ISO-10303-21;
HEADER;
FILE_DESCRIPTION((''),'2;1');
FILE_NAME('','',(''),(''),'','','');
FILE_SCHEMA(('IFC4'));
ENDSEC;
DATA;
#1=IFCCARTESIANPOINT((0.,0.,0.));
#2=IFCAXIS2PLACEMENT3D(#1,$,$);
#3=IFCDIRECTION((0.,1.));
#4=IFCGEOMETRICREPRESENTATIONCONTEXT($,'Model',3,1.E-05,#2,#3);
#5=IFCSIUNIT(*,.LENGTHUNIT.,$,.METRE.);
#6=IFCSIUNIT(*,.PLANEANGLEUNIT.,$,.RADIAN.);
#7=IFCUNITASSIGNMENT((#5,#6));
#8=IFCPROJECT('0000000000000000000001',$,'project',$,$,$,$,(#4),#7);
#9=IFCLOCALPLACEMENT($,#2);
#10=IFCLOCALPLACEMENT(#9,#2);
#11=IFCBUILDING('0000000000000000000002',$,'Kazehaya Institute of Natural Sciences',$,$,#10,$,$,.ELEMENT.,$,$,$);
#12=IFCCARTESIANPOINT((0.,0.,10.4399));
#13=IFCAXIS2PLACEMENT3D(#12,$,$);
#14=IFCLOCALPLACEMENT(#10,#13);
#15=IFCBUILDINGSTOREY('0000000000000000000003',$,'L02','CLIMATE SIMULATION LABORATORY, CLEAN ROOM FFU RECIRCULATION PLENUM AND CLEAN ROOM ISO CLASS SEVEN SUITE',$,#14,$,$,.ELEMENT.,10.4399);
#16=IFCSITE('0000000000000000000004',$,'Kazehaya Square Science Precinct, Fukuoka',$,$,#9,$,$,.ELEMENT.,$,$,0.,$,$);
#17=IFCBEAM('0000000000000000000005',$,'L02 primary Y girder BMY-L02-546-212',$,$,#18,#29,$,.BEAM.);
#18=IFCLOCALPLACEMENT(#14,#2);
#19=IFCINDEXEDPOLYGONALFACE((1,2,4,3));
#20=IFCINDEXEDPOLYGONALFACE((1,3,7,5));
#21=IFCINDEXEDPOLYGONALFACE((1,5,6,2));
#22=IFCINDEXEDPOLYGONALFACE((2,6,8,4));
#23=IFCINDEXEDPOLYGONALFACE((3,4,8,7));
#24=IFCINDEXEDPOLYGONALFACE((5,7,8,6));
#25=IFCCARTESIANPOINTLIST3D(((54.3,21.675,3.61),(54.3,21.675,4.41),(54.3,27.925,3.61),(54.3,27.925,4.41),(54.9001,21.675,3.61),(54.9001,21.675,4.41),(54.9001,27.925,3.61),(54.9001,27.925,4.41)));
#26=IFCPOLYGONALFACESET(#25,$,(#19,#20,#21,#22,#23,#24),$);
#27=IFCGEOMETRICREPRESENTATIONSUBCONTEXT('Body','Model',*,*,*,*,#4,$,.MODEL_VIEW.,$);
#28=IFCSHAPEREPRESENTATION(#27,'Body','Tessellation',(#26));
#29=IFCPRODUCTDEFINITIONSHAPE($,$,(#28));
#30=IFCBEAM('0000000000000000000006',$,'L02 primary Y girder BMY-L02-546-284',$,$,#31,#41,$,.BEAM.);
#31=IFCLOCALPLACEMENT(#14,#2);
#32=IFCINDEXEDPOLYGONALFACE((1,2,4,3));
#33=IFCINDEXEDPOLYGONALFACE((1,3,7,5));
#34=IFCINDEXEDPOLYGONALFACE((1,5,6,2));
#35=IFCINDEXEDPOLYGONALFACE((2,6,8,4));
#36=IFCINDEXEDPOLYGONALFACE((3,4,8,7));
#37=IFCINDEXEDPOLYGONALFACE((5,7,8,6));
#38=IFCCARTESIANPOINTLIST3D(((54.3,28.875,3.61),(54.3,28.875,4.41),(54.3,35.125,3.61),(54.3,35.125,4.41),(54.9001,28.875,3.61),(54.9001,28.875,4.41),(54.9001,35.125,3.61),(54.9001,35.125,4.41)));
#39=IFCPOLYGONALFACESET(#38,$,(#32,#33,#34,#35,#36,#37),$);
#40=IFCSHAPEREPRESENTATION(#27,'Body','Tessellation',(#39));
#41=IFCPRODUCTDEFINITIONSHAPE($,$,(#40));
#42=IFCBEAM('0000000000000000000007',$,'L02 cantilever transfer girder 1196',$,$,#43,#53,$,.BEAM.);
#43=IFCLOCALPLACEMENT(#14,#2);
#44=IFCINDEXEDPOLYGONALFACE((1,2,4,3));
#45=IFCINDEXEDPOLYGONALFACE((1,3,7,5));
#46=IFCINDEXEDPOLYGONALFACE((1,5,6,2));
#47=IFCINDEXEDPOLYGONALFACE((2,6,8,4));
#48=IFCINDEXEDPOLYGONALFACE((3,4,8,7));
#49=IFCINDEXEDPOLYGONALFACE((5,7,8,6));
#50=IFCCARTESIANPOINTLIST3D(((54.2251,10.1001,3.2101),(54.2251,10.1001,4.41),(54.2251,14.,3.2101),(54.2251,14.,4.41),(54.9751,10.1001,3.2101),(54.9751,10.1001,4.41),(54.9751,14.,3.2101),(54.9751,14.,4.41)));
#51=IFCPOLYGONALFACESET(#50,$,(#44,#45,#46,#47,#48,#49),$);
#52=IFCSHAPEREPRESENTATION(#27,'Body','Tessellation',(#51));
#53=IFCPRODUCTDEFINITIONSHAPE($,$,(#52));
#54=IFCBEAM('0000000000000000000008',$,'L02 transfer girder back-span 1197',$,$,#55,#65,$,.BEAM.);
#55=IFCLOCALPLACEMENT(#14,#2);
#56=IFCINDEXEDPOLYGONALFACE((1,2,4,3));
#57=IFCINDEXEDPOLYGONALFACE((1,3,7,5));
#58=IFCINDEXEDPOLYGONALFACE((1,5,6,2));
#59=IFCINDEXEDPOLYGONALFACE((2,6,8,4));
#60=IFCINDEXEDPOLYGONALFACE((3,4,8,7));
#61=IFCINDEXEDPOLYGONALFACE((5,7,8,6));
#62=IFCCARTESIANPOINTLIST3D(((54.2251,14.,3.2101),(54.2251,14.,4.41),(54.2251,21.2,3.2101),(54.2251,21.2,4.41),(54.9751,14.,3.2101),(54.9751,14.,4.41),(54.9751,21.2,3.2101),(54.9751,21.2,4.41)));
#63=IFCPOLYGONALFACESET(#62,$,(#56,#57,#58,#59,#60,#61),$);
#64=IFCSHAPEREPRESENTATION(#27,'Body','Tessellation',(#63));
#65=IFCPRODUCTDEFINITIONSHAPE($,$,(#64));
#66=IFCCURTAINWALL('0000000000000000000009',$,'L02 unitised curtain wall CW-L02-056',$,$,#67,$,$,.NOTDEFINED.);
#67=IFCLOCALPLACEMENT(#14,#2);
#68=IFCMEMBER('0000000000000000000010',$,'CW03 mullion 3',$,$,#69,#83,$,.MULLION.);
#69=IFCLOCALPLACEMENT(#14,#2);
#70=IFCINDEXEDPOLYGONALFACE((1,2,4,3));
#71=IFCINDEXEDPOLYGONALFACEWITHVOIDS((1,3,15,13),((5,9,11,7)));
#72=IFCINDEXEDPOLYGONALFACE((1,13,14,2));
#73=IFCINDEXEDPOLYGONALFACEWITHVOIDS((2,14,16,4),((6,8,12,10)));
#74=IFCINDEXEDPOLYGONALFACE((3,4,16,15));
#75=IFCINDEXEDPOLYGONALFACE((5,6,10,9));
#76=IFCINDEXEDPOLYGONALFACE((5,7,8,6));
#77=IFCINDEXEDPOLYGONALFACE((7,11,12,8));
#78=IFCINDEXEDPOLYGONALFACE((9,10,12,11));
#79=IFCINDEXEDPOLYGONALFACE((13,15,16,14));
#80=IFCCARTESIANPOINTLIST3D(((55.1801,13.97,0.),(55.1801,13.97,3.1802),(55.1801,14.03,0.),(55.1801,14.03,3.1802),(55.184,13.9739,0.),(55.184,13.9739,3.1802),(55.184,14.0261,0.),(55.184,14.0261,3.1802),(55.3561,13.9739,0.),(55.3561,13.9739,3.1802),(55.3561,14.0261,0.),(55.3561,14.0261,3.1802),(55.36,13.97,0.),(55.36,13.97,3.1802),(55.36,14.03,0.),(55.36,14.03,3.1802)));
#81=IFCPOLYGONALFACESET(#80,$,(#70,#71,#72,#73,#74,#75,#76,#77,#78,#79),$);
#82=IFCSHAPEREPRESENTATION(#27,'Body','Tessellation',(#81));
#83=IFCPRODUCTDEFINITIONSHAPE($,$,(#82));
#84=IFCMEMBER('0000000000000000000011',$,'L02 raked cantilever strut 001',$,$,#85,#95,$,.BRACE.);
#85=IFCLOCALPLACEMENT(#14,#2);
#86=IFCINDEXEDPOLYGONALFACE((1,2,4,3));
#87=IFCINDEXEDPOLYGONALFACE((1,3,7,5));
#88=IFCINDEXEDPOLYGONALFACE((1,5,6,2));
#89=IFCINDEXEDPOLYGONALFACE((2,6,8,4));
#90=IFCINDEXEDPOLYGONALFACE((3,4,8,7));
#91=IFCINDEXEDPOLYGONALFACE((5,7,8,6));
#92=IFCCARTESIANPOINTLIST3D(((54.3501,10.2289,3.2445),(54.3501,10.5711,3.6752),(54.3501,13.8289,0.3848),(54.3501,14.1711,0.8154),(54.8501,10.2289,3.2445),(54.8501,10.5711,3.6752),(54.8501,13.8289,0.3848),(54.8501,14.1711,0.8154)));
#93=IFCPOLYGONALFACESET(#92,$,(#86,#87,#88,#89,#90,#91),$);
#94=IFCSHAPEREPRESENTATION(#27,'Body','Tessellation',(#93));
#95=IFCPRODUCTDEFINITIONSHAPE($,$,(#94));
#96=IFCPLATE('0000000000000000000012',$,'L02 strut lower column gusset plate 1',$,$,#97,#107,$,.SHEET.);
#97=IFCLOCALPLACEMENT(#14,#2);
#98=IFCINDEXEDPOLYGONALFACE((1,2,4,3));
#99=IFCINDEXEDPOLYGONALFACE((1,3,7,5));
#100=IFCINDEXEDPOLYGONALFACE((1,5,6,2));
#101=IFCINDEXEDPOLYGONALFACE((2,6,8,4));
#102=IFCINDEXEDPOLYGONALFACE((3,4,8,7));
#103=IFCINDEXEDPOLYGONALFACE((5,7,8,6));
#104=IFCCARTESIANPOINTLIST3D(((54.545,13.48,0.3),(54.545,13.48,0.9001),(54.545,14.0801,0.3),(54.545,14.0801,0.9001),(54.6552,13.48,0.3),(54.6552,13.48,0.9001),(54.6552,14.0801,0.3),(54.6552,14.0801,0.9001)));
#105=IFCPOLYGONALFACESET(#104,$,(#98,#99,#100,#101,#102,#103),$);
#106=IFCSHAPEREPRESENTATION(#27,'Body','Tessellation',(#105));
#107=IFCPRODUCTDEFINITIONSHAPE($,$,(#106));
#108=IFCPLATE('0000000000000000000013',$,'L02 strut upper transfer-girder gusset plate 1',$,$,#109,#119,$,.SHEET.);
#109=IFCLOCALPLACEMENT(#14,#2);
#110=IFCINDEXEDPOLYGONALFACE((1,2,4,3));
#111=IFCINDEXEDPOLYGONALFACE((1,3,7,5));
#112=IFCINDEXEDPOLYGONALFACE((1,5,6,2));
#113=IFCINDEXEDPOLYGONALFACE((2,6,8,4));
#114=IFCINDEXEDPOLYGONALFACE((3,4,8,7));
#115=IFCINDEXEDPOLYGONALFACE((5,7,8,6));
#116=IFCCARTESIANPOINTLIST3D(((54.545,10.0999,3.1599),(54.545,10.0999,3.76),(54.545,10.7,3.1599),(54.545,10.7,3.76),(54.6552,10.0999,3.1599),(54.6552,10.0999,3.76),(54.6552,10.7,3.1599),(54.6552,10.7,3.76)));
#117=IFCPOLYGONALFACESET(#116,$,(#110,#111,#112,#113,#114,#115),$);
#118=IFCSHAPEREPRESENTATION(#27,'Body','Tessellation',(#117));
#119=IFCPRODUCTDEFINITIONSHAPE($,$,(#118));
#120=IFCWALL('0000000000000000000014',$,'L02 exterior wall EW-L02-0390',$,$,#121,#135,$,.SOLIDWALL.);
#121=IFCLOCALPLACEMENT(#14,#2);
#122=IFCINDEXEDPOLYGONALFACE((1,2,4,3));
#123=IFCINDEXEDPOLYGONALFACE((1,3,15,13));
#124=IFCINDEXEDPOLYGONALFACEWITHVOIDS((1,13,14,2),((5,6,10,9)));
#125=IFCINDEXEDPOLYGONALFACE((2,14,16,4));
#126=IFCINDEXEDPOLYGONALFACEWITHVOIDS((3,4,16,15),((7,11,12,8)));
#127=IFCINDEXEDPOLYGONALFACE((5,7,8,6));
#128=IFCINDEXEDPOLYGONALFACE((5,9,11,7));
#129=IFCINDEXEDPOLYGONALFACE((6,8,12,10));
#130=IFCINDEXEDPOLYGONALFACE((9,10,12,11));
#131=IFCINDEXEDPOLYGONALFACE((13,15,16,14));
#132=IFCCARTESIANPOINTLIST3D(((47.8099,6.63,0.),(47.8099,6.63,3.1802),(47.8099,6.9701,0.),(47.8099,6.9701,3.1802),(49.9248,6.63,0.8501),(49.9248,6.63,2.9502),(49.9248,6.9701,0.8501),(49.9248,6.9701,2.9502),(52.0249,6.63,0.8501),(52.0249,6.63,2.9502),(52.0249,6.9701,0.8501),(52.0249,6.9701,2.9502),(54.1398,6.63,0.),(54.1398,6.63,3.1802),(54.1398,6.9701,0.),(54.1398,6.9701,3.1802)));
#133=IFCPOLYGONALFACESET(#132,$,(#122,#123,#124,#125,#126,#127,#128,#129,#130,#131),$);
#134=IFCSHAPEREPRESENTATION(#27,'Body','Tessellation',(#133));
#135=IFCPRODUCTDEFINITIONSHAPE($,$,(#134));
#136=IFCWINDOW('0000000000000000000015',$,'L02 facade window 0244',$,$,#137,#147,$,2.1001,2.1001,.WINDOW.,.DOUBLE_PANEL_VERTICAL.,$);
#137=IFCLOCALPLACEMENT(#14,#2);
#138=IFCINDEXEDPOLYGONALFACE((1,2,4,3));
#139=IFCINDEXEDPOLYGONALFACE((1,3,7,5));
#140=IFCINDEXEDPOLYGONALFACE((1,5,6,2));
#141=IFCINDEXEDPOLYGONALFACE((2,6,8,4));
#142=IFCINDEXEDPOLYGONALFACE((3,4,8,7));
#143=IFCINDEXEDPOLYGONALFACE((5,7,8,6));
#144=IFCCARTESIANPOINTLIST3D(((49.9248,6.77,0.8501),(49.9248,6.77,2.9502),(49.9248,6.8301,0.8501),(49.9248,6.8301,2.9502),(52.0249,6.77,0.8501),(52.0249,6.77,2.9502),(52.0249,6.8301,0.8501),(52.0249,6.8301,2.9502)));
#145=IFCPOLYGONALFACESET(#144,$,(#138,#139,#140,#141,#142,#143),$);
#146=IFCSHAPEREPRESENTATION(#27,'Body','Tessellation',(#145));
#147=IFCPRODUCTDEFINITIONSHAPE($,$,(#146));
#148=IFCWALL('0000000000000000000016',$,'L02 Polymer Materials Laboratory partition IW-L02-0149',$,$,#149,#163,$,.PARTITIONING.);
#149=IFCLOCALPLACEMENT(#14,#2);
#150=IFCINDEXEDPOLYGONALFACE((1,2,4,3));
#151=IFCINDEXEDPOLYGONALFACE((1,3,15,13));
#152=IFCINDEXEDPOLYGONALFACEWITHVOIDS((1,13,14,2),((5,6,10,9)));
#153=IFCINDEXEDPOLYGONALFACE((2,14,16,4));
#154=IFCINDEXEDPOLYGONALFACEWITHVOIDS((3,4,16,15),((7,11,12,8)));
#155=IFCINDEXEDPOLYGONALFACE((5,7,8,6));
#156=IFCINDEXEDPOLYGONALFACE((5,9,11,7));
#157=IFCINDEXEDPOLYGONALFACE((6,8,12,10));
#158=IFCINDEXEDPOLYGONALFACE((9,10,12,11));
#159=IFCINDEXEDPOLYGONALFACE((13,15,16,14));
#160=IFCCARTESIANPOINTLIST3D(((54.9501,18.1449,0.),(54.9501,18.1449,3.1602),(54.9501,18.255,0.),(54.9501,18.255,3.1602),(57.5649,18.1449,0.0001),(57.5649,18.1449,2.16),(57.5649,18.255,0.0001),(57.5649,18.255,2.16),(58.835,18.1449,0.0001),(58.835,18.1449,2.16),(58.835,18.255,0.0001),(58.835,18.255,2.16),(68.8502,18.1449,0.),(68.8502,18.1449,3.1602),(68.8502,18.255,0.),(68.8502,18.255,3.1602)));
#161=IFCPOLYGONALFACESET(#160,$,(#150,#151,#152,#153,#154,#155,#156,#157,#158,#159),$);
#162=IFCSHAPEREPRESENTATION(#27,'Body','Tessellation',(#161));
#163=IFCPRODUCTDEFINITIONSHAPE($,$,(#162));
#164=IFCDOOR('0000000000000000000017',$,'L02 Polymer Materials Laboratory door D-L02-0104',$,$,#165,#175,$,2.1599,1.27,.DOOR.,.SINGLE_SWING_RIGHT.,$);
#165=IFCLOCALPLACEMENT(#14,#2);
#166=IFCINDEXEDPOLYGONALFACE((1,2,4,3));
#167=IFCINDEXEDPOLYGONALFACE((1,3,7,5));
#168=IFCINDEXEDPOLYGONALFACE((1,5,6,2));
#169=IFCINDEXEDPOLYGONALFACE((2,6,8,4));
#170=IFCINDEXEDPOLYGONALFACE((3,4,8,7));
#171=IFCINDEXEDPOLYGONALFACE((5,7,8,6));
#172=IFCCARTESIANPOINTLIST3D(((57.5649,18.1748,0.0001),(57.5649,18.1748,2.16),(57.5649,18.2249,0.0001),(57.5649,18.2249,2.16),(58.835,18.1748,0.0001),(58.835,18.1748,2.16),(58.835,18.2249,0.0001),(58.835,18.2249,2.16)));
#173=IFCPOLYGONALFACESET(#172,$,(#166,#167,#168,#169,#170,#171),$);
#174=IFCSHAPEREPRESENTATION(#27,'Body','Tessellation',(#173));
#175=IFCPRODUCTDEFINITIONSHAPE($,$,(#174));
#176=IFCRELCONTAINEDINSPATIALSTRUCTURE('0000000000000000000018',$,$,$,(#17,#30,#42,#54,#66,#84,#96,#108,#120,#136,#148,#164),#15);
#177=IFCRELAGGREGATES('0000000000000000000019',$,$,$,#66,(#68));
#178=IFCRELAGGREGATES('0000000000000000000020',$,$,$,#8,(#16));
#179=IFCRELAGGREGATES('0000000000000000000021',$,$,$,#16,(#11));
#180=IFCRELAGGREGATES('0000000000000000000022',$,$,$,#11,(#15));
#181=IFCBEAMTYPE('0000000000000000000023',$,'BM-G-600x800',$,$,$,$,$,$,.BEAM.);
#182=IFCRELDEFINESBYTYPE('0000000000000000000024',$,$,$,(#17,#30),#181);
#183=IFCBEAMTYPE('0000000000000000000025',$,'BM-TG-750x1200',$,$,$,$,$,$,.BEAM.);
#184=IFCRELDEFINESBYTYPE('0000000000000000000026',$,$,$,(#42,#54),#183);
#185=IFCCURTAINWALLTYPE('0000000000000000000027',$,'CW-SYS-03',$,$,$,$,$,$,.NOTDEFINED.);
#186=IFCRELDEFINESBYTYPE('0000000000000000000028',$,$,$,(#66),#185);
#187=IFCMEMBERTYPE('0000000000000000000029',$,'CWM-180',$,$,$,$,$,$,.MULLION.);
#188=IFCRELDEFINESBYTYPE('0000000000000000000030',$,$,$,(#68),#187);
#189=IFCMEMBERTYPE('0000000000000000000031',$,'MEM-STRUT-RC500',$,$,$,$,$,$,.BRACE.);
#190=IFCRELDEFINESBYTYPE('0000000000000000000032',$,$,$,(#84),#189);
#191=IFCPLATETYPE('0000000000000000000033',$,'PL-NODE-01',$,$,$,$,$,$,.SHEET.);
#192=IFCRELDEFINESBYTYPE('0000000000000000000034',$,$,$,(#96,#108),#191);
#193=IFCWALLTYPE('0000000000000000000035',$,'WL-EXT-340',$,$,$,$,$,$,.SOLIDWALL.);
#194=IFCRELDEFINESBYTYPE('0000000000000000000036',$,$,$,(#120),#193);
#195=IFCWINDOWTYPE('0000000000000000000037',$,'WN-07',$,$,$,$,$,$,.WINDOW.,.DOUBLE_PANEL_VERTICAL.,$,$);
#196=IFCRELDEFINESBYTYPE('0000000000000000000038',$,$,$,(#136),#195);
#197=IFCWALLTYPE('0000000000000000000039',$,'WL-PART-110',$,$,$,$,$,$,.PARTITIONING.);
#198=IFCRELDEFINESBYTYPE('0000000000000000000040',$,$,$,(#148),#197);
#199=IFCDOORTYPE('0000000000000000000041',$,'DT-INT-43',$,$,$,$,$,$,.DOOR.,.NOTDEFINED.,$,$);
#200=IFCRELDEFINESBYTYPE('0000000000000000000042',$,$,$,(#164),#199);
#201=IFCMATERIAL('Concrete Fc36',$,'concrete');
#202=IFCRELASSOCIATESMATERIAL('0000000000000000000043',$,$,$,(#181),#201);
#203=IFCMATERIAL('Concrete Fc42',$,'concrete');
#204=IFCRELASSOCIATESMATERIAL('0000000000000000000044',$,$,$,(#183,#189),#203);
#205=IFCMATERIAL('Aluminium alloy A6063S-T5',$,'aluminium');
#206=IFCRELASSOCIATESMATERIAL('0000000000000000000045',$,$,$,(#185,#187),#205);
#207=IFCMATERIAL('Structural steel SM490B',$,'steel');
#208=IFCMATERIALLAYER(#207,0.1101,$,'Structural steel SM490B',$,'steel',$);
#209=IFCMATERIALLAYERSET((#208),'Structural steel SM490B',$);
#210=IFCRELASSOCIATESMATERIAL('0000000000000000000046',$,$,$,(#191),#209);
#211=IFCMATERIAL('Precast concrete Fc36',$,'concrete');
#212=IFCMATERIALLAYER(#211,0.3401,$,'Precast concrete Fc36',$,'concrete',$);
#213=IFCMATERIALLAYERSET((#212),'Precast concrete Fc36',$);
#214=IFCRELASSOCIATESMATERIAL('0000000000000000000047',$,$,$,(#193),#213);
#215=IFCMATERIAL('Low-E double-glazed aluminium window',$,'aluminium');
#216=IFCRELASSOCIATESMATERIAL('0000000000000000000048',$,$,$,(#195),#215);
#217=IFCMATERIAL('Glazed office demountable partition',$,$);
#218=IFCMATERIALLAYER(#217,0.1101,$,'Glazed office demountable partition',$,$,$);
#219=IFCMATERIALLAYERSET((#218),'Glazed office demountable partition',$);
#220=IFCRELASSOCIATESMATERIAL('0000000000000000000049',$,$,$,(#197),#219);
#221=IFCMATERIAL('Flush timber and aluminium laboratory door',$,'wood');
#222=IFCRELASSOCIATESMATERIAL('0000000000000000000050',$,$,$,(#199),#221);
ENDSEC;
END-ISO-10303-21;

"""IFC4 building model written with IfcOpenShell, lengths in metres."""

from ifc_helpers import new_model, si_unit, direction, frame, frame_2d, origin, origin_2d, place, context, subcontext, project, spatial, rectangle, hollow_rectangle, extrude, material, layer, layer_set, material_profile, profile_set, type_object, element, fill, aggregate, save


model = new_model("IFC4")

# Units and contexts
model_context = context("Model", 3, precision=1e-05, world=origin(), true_north=direction((0.0, 1.0)))
body_context = subcontext(model_context, "Body", "Model", "MODEL_VIEW")
ifc_project = project(units=[si_unit("LENGTHUNIT", "METRE"), si_unit("PLANEANGLEUNIT", "RADIAN")], contexts=[model_context])

# Site, building, storey
site_placement = place(None, origin())
site = spatial("IfcSite", under=ifc_project, at=site_placement, Name="Kazehaya Square Science Precinct, Fukuoka", CompositionType="ELEMENT", RefElevation=0.0)
building_placement = place(site_placement, origin())
building = spatial("IfcBuilding", under=site, at=building_placement, Name="Kazehaya Institute of Natural Sciences", CompositionType="ELEMENT")
storey_placement = place(building_placement, frame((0.0, 0.0, 10.4399)))
storey = spatial("IfcBuildingStorey", under=building, at=storey_placement, Name="L02", Description="CLIMATE SIMULATION LABORATORY, CLEAN ROOM FFU RECIRCULATION PLENUM AND CLEAN ROOM ISO CLASS SEVEN SUITE", CompositionType="ELEMENT", Elevation=10.4399)

# Shared definitions
ifc_material_1 = material(Name="Concrete Fc42", Category="concrete")

# Beams
ifc_material_2 = material(Name="Concrete Fc36", Category="concrete")
ifc_material_profile_1 = material_profile(ifc_material_2, rectangle(XDim=0.6001, YDim=0.8, at=origin_2d()), Name="RC-600x800")
ifc_profile_set_1 = profile_set([ifc_material_profile_1], Name="Concrete Fc36")
beam_type_1 = type_object("IfcBeamType", Name="BM-G-600x800", PredefinedType="BEAM", material=ifc_profile_set_1)
for number, where, z_axis, x_axis, name in (
    (1, (54.6001, 21.675, 4.01), (0.0, 1.0, 0.0), (-1.0, 0.0, 0.0), "L02 primary Y girder BMY-L02-546-212"),
    (2, (54.6001, 28.875, 4.01), (0.0, 1.0, 0.0), (-1.0, 0.0, 0.0), "L02 primary Y girder BMY-L02-546-284"),
):
    element("IfcBeam", number, at=place(storey_placement, frame(where, z_axis=z_axis, x_axis=x_axis)), inside=storey, type_object=beam_type_1, Name=name, PredefinedType="BEAM", context=body_context, shape_type="SweptSolid", body=[
        extrude(rectangle(XDim=0.6001, YDim=0.8, at=origin_2d()), origin(), (0.0, 0.0, 1.0), 6.25),
    ])
ifc_material_profile_2 = material_profile(ifc_material_1, rectangle(XDim=0.75, YDim=1.2, at=origin_2d()), Name="RC-750x1200")
ifc_profile_set_2 = profile_set([ifc_material_profile_2], Name="Concrete Fc42")
beam_type_2 = type_object("IfcBeamType", Name="BM-TG-750x1200", PredefinedType="BEAM", material=ifc_profile_set_2)
beam_1_placement = place(storey_placement, frame((54.6001, 10.1001, 3.8101), z_axis=(0.0, 1.0, 0.0), x_axis=(-1.0, 0.0, 0.0)))
element("IfcBeam", 3, at=beam_1_placement, inside=storey, type_object=beam_type_2, Name="L02 cantilever transfer girder 1196", PredefinedType="BEAM", context=body_context, shape_type="SweptSolid", body=[
    extrude(rectangle(XDim=0.75, YDim=1.2, at=origin_2d()), origin(), (0.0, 0.0, 1.0), 3.8999),
])
beam_2_placement = place(storey_placement, frame((54.6001, 14.0, 3.8101), z_axis=(0.0, 1.0, 0.0), x_axis=(-1.0, 0.0, 0.0)))
element("IfcBeam", 4, at=beam_2_placement, inside=storey, type_object=beam_type_2, Name="L02 transfer girder back-span 1197", PredefinedType="BEAM", context=body_context, shape_type="SweptSolid", body=[
    extrude(rectangle(XDim=0.75, YDim=1.2, at=origin_2d()), origin(), (0.0, 0.0, 1.0), 7.2),
])

# Curtain wall, member
ifc_material_3 = material(Name="Aluminium alloy A6063S-T5", Category="aluminium")
curtain_wall_type = type_object("IfcCurtainWallType", Name="CW-SYS-03", PredefinedType="NOTDEFINED", material=ifc_material_3)
curtain_wall_placement = place(storey_placement, origin())
curtain_wall = element("IfcCurtainWall", 5, at=curtain_wall_placement, inside=storey, type_object=curtain_wall_type, Name="L02 unitised curtain wall CW-L02-056", PredefinedType="NOTDEFINED")
ifc_material_profile_3 = material_profile(ifc_material_3, hollow_rectangle(XDim=0.0601, YDim=0.1799, WallThickness=0.0039, at=origin_2d()), Name="ALU-60x180x4")
ifc_profile_set_3 = profile_set([ifc_material_profile_3], Name="Aluminium alloy A6063S-T5")
member_type_1 = type_object("IfcMemberType", Name="CWM-180", PredefinedType="MULLION", material=ifc_profile_set_3)
member_1_placement = place(storey_placement, frame((55.27, 14.0, 0.0), z_axis=(0.0, 0.0, 1.0), x_axis=(0.0, -1.0, 0.0)))
member_1 = element("IfcMember", 6, at=member_1_placement, type_object=member_type_1, Name="CW03 mullion 3", PredefinedType="MULLION", context=body_context, shape_type="SweptSolid", body=[
    extrude(hollow_rectangle(XDim=0.0601, YDim=0.1799, WallThickness=0.0039, at=origin_2d()), origin(), (0.0, 0.0, 1.0), 3.1802),
])
aggregate(curtain_wall, [member_1])

# Member
ifc_material_profile_4 = material_profile(ifc_material_1, rectangle(XDim=0.5, YDim=0.55, at=origin_2d()), Name="RC-500x550")
ifc_profile_set_4 = profile_set([ifc_material_profile_4], Name="Concrete Fc42")
member_type_2 = type_object("IfcMemberType", Name="MEM-STRUT-RC500", PredefinedType="BRACE", material=ifc_profile_set_4)
member_2_placement = place(storey_placement, frame((54.6001, 14.0, 0.6001), z_axis=(0.0, -0.783009, 0.62201), x_axis=(1.0, 0.0, 0.0)))
element("IfcMember", 7, at=member_2_placement, inside=storey, type_object=member_type_2, Name="L02 raked cantilever strut 001", PredefinedType="BRACE", context=body_context, shape_type="SweptSolid", body=[
    extrude(rectangle(XDim=0.5, YDim=0.55, at=origin_2d()), origin(), (0.0, 0.0, 1.0), 4.5977),
])

# Plates
ifc_material_4 = material(Name="Structural steel SM490B", Category="steel")
ifc_layer_1 = layer(ifc_material_4, 0.1101, Name="Structural steel SM490B", Category="steel")
ifc_layer_set_1 = layer_set([ifc_layer_1], Name="Structural steel SM490B")
plate_type = type_object("IfcPlateType", Name="PL-NODE-01", PredefinedType="SHEET", material=ifc_layer_set_1)
for number, where, z_axis, x_axis, name in (
    (8, (54.6001, 13.78, 0.3), (0.0, 0.0, 1.0), (1.0, 0.0, 0.0), "L02 strut lower column gusset plate 1"),
    (9, (54.6001, 10.3999, 3.1599), (0.0, 0.0, 1.0), (1.0, 0.0, 0.0), "L02 strut upper transfer-girder gusset plate 1"),
):
    element("IfcPlate", number, at=place(storey_placement, frame(where, z_axis=z_axis, x_axis=x_axis)), inside=storey, type_object=plate_type, Name=name, PredefinedType="SHEET", context=body_context, shape_type="SweptSolid", body=[
        extrude(rectangle(XDim=0.1101, YDim=0.6001, at=origin_2d()), origin(), (0.0, 0.0, 1.0), 0.6001),
    ])

# Wall, opening, window
ifc_material_5 = material(Name="Precast concrete Fc36", Category="concrete")
ifc_layer_2 = layer(ifc_material_5, 0.3401, Name="Precast concrete Fc36", Category="concrete")
ifc_layer_set_2 = layer_set([ifc_layer_2], Name="Precast concrete Fc36")
wall_type_1 = type_object("IfcWallType", Name="WL-EXT-340", PredefinedType="SOLIDWALL", material=ifc_layer_set_2)
wall_1_placement = place(storey_placement, frame((54.1399, 6.8, 0.0), z_axis=(0.0, 0.0, 1.0), x_axis=(-1.0, 0.0, 0.0)))
wall_1 = element("IfcWall", 10, at=wall_1_placement, inside=storey, type_object=wall_type_1, Name="L02 exterior wall EW-L02-0390", PredefinedType="SOLIDWALL", context=body_context, shape_type="SweptSolid", body=[
    extrude(rectangle(XDim=6.3298, YDim=0.3401, at=frame_2d((3.165, 0.0))), origin(), (0.0, 0.0, 1.0), 3.1802),
])
opening_1_placement = place(wall_1_placement, frame((2.115, 0.0, 0.8501)))
opening_1 = element("IfcOpeningElement", 11, at=opening_1_placement, cuts=wall_1, PredefinedType="OPENING", context=body_context, shape_type="SweptSolid", body=[
    extrude(rectangle(XDim=2.1001, YDim=2.1001, at=frame_2d((1.05, 1.05))), frame((0.0, 0.1799, 0.0), z_axis=(0.0, -1.0, 0.0), x_axis=(1.0, 0.0, 0.0)), (0.0, 0.0, 1.0), 0.3601),
])
ifc_material_6 = material(Name="Low-E double-glazed aluminium window", Category="aluminium")
window_type = type_object("IfcWindowType", Name="WN-07", PartitioningType="DOUBLE_PANEL_VERTICAL", PredefinedType="WINDOW", material=ifc_material_6)
window_placement = place(opening_1_placement, origin())
window = element("IfcWindow", 12, at=window_placement, inside=storey, type_object=window_type, Name="L02 facade window 0244", OverallHeight=2.1001, OverallWidth=2.1001, PartitioningType="DOUBLE_PANEL_VERTICAL", PredefinedType="WINDOW", context=body_context, shape_type="SweptSolid", body=[
    extrude(rectangle(XDim=2.1001, YDim=2.1001, at=frame_2d((1.05, 1.05))), frame((0.0, 0.03, 0.0), z_axis=(0.0, -1.0, 0.0), x_axis=(1.0, 0.0, 0.0)), (0.0, 0.0, 1.0), 0.0601),
])
fill(opening_1, window)

# Wall, opening, door
ifc_material_7 = material(Name="Glazed office demountable partition")
ifc_layer_3 = layer(ifc_material_7, 0.1101, Name="Glazed office demountable partition")
ifc_layer_set_3 = layer_set([ifc_layer_3], Name="Glazed office demountable partition")
wall_type_2 = type_object("IfcWallType", Name="WL-PART-110", PredefinedType="PARTITIONING", material=ifc_layer_set_3)
wall_2_placement = place(storey_placement, frame((54.95, 18.2, 0.0), z_axis=(0.0, 0.0, 1.0), x_axis=(1.0, 0.0, 0.0)))
wall_2 = element("IfcWall", 13, at=wall_2_placement, inside=storey, type_object=wall_type_2, Name="L02 Polymer Materials Laboratory partition IW-L02-0149", PredefinedType="PARTITIONING", context=body_context, shape_type="SweptSolid", body=[
    extrude(rectangle(XDim=13.9001, YDim=0.1101, at=frame_2d((6.9502, 0.0))), origin(), (0.0, 0.0, 1.0), 3.1602),
])
opening_2_placement = place(wall_2_placement, frame((2.615, 0.0, 0.0)))
opening_2 = element("IfcOpeningElement", 14, at=opening_2_placement, cuts=wall_2, PredefinedType="OPENING", context=body_context, shape_type="SweptSolid", body=[
    extrude(rectangle(XDim=1.27, YDim=2.1599, at=frame_2d((0.635, 1.0801))), frame((0.0, 0.0649, 0.0), z_axis=(0.0, -1.0, 0.0), x_axis=(1.0, 0.0, 0.0)), (0.0, 0.0, 1.0), 0.1301),
])
ifc_material_8 = material(Name="Flush timber and aluminium laboratory door", Category="wood")
door_type_1 = type_object("IfcDoorType", Name="DT-INT-43", OperationType="NOTDEFINED", PredefinedType="DOOR", material=ifc_material_8)
door_1_placement = place(opening_2_placement, origin())
door_1 = element("IfcDoor", 15, at=door_1_placement, inside=storey, type_object=door_type_1, Name="L02 Polymer Materials Laboratory door D-L02-0104", OperationType="SINGLE_SWING_RIGHT", OverallHeight=2.1599, OverallWidth=1.27, PredefinedType="DOOR", context=body_context, shape_type="SweptSolid", body=[
    extrude(rectangle(XDim=1.27, YDim=2.1599, at=frame_2d((0.635, 1.0801))), frame((0.0, 0.0249, 0.0), z_axis=(0.0, -1.0, 0.0), x_axis=(1.0, 0.0, 0.0)), (0.0, 0.0, 1.0), 0.05),
])
fill(opening_2, door_1)

save(model, "model.ifc")
